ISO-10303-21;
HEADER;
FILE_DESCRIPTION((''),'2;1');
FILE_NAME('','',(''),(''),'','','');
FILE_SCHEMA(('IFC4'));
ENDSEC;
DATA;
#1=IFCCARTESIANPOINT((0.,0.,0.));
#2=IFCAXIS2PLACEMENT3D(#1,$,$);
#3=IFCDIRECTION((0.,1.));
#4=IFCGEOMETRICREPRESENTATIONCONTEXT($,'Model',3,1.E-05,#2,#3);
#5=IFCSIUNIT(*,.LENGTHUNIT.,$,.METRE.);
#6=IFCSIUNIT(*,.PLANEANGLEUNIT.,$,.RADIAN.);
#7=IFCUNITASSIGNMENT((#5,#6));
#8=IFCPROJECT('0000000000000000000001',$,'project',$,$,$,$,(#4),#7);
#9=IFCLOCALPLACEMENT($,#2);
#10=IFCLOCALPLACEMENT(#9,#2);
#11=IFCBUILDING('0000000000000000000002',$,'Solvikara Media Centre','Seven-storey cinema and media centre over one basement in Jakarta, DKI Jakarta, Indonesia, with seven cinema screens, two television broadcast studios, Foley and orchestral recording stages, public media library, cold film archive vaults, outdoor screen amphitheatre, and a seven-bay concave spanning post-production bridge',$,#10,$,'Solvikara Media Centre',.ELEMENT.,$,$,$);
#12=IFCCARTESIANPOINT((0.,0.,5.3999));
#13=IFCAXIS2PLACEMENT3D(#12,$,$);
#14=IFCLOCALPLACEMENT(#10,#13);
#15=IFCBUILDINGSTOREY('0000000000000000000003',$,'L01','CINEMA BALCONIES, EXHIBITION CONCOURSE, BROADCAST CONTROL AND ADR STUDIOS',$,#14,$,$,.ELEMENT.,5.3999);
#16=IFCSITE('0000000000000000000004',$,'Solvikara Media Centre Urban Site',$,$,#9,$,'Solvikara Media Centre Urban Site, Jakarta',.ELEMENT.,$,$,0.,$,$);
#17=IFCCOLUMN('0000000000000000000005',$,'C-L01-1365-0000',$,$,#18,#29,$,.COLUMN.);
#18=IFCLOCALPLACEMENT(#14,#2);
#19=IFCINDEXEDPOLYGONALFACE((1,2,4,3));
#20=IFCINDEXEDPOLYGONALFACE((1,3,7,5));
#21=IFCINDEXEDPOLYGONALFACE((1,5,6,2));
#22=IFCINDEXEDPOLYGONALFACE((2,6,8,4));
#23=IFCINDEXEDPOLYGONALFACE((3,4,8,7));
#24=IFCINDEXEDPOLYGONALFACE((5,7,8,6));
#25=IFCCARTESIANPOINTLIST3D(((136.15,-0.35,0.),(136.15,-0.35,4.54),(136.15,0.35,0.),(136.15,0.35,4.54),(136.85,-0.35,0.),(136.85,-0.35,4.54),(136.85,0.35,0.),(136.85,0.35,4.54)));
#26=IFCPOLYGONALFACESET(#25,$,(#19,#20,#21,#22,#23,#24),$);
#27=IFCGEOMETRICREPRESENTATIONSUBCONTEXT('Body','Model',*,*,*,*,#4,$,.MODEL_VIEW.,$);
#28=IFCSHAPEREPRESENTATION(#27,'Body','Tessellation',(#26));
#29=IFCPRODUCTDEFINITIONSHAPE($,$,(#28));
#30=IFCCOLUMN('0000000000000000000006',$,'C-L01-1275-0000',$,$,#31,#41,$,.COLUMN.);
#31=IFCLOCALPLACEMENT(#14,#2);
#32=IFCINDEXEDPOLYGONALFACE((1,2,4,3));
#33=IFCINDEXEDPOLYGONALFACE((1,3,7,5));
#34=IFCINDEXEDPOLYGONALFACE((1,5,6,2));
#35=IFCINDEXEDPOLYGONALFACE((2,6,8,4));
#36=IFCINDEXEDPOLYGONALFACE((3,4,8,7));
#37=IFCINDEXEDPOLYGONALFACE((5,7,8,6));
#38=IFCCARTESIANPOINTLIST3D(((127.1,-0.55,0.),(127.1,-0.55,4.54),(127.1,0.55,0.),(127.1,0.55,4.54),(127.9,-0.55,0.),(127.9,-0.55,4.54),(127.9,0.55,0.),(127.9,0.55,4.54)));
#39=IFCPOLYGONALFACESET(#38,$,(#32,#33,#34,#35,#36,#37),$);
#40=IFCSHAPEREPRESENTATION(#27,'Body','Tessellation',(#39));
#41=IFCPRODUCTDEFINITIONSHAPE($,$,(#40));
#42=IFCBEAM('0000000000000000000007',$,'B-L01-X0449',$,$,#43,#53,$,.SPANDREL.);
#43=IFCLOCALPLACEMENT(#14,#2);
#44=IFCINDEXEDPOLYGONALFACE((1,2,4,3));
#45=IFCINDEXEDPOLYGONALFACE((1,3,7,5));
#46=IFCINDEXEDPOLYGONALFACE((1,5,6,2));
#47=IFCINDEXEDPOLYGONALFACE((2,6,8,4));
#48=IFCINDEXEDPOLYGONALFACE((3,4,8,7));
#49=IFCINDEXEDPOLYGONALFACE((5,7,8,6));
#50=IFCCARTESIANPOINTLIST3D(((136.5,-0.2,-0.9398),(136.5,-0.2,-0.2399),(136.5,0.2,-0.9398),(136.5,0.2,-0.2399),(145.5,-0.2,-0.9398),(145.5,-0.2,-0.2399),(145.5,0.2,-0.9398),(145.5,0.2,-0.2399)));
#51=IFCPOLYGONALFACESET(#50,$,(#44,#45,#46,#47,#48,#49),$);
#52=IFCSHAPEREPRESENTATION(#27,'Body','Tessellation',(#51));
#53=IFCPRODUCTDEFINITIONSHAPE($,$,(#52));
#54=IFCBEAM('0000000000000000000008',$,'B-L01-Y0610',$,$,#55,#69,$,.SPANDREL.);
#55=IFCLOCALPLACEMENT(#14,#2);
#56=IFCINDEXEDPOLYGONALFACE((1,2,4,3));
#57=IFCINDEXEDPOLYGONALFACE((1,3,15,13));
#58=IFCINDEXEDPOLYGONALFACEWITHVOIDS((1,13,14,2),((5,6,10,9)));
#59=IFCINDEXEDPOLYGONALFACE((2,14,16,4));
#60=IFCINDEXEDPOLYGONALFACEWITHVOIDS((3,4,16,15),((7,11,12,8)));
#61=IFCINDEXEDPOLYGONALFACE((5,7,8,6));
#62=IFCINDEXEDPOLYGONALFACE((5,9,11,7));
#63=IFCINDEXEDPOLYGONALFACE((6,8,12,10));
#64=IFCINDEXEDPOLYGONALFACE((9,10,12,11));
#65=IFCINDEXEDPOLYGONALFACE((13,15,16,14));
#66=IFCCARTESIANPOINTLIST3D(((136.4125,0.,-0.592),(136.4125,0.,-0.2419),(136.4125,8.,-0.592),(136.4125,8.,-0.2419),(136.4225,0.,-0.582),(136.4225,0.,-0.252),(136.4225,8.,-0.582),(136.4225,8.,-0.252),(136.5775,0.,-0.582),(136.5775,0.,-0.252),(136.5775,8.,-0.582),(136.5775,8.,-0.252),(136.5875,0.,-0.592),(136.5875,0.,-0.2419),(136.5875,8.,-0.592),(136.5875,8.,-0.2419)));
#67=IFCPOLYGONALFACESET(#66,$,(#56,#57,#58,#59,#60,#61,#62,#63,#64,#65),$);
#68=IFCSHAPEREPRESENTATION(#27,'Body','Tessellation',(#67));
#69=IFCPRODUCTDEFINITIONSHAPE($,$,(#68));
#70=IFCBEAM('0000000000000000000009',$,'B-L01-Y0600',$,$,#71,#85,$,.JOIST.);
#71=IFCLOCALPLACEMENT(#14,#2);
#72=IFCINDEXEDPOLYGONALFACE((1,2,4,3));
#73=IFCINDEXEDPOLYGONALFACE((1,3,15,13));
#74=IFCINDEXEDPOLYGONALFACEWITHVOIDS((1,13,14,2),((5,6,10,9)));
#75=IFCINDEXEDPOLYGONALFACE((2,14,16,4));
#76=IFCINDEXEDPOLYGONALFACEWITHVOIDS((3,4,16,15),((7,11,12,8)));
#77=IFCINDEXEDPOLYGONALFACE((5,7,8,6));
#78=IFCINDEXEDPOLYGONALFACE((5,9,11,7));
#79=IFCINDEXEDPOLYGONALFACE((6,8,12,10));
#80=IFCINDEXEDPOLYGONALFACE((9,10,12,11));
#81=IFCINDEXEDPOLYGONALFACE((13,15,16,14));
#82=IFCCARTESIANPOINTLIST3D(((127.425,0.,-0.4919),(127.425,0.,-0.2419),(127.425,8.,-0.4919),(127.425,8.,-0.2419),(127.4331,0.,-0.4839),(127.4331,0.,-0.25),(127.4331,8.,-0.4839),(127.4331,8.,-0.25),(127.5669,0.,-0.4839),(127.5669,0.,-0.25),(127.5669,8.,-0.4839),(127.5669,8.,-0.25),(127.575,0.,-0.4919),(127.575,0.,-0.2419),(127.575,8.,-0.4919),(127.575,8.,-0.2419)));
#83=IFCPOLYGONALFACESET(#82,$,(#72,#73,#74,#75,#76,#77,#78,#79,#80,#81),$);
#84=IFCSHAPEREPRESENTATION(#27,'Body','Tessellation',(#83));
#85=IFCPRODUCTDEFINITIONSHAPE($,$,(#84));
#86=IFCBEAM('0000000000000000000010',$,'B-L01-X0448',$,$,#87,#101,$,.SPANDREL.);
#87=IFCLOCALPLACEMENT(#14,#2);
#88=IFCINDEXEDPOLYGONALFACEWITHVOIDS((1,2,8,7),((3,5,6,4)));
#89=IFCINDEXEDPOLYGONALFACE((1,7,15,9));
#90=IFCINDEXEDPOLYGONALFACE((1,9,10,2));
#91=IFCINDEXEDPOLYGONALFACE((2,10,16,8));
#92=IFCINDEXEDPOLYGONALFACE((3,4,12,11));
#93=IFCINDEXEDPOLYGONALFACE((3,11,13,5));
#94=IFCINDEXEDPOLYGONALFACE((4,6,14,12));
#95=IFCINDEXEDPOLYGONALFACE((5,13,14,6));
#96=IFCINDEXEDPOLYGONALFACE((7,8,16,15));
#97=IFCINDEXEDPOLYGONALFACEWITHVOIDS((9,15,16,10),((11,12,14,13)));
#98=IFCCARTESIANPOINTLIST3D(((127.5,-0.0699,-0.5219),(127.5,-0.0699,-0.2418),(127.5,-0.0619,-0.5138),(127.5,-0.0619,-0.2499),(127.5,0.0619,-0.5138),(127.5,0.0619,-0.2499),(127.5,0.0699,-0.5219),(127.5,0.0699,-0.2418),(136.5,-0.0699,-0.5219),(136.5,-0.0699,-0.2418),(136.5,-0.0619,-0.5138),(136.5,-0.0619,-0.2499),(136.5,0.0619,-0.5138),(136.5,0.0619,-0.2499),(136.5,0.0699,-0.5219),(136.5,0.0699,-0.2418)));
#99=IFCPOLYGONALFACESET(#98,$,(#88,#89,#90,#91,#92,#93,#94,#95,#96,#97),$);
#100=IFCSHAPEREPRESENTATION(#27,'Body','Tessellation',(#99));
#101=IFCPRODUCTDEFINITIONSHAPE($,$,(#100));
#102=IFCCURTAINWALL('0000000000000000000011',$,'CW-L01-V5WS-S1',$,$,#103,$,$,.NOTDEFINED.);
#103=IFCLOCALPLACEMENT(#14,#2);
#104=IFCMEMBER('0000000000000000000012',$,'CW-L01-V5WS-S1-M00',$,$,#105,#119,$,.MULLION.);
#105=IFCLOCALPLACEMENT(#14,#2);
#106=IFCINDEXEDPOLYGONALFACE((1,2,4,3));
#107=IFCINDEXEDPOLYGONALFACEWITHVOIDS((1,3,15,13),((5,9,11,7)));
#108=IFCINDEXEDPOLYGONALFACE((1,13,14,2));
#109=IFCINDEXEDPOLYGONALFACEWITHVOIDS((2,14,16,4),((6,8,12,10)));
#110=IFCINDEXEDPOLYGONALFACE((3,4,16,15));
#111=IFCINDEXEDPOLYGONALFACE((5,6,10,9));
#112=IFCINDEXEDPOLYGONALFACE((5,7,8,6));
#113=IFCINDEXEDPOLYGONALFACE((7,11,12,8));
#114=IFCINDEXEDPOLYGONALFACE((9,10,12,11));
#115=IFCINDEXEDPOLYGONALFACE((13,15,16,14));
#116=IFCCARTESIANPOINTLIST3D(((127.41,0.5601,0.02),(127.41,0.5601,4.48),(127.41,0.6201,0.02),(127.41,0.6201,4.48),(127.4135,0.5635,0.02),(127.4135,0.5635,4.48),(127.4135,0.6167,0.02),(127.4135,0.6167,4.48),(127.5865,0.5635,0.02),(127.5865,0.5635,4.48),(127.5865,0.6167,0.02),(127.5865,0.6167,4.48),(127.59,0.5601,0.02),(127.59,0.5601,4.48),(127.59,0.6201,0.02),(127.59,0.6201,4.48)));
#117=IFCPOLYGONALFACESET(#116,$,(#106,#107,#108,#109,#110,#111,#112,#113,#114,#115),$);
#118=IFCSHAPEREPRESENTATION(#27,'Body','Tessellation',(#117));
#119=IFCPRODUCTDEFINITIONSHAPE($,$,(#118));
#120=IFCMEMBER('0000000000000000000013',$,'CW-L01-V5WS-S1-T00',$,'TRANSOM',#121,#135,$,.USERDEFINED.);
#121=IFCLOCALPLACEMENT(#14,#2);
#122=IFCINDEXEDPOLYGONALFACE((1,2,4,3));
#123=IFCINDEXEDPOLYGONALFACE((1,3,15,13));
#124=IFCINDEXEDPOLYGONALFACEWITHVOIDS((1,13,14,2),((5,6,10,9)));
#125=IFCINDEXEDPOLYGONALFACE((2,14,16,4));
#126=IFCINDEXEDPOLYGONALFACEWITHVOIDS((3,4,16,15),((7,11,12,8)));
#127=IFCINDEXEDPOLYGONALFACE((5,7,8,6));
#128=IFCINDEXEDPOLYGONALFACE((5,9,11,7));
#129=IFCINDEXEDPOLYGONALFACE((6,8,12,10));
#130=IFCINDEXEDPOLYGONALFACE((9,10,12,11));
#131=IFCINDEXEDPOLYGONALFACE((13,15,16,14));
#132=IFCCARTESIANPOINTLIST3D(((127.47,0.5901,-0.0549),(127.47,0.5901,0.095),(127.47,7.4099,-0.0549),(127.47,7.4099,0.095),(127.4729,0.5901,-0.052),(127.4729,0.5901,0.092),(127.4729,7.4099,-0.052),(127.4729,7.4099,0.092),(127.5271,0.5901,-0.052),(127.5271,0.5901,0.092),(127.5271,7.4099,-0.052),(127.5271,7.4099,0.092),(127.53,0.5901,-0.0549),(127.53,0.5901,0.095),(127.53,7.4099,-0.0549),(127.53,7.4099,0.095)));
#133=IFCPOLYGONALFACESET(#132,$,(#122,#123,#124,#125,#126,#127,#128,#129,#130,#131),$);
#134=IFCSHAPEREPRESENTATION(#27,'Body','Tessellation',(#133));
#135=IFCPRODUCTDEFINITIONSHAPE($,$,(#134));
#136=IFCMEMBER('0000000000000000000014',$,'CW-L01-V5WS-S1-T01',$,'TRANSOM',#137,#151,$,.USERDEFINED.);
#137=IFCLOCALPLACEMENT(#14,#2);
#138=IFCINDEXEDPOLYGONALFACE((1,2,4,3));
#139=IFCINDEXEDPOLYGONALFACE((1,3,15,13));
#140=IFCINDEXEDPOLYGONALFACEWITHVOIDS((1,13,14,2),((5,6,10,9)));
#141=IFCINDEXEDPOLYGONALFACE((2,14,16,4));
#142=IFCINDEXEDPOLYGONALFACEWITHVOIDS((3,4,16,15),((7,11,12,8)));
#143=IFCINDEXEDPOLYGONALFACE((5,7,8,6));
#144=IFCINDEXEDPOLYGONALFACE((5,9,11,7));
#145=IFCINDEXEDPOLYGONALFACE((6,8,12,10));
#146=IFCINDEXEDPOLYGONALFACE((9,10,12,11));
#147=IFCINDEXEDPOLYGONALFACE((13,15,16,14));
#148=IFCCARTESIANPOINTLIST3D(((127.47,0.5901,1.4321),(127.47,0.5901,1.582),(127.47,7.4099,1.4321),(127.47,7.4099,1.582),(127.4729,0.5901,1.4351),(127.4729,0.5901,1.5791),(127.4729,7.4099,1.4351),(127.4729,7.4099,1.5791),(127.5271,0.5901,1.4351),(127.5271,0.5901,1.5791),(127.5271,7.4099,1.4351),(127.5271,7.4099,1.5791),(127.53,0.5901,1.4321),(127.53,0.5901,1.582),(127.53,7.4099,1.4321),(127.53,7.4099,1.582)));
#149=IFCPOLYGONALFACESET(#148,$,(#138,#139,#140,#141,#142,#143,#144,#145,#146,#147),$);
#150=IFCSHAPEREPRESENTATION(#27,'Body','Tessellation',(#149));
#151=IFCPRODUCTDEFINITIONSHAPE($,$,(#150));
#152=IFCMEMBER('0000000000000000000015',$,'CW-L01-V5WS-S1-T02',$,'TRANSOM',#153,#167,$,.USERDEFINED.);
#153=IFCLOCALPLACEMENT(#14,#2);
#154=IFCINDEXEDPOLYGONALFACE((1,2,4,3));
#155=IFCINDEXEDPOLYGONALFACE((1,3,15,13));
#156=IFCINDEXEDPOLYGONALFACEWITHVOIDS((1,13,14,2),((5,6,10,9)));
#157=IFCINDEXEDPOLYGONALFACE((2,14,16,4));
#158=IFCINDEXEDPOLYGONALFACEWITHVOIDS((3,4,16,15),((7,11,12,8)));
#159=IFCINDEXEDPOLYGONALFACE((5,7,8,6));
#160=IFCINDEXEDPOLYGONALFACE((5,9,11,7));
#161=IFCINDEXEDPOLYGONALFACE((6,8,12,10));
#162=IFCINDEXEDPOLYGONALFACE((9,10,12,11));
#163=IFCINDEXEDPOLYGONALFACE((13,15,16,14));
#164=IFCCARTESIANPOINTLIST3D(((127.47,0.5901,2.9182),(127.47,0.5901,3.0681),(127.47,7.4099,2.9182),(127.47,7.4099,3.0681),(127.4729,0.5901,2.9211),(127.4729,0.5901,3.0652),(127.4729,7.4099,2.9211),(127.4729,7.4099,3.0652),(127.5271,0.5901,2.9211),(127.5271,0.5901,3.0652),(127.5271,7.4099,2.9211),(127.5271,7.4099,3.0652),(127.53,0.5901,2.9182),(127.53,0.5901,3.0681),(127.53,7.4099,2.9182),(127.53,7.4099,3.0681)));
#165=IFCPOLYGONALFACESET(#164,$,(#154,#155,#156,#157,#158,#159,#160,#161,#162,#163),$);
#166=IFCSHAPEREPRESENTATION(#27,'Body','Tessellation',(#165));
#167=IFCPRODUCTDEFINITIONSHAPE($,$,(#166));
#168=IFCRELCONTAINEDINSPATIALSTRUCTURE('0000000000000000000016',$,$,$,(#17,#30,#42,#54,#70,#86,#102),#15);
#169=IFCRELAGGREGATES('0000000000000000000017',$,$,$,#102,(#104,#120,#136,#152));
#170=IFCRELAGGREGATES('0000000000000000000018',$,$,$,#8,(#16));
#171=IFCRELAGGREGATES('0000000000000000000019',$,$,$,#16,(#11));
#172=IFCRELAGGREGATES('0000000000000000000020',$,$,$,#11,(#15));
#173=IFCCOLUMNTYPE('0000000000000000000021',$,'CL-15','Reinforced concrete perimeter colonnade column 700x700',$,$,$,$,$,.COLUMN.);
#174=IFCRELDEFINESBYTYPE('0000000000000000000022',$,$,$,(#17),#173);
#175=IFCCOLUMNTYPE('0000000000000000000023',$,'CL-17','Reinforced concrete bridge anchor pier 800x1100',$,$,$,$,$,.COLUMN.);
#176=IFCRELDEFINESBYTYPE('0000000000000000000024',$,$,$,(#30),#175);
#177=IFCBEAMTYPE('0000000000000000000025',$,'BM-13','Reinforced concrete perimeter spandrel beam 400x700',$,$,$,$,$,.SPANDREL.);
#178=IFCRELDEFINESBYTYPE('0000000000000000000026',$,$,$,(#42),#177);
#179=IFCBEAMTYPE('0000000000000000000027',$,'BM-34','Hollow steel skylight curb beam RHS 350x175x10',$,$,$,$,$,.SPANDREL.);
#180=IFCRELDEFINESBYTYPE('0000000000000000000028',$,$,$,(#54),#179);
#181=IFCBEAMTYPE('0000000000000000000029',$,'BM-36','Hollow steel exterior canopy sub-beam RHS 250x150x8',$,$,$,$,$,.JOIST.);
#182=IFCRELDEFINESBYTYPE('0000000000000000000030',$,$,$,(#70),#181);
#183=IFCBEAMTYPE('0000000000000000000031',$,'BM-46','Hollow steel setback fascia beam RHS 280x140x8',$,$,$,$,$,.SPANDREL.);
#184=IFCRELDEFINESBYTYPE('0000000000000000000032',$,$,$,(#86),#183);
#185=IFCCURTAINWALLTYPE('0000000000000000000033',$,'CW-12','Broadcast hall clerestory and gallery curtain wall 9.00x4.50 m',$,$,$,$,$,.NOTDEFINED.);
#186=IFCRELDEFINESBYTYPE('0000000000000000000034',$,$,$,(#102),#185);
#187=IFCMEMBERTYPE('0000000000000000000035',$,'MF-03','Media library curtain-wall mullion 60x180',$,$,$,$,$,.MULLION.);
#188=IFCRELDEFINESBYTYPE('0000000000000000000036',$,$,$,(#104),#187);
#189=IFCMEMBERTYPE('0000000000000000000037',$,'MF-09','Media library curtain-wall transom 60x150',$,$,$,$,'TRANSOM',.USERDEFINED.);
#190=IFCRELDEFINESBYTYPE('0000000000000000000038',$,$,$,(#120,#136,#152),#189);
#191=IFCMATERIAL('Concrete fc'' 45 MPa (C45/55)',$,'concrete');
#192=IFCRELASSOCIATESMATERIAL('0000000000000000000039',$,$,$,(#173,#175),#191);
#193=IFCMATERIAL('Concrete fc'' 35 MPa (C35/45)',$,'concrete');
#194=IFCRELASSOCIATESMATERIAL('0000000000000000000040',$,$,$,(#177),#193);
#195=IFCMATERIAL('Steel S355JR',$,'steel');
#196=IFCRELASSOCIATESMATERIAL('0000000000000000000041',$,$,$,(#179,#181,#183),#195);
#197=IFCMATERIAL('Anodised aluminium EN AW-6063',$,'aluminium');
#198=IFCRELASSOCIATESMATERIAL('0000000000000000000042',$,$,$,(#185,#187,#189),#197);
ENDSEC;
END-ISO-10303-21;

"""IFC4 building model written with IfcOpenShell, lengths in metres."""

from ifc_helpers import new_model, si_unit, direction, frame, origin, origin_2d, place, context, subcontext, project, spatial, rectangle, hollow_rectangle, extrude, material, material_profile, profile_set, type_object, element, aggregate, save


model = new_model("IFC4")

# Units and contexts
model_context = context("Model", 3, precision=1e-05, world=origin(), true_north=direction((0.0, 1.0)))
body_context = subcontext(model_context, "Body", "Model", "MODEL_VIEW")
ifc_project = project(units=[si_unit("LENGTHUNIT", "METRE"), si_unit("PLANEANGLEUNIT", "RADIAN")], contexts=[model_context])

# Site, building, storey
site_placement = place(None, origin())
site = spatial("IfcSite", under=ifc_project, at=site_placement, Name="Solvikara Media Centre Urban Site", LongName="Solvikara Media Centre Urban Site, Jakarta", CompositionType="ELEMENT", RefElevation=0.0)
building_placement = place(site_placement, origin())
building = spatial("IfcBuilding", under=site, at=building_placement, Name="Solvikara Media Centre", Description="Seven-storey cinema and media centre over one basement in Jakarta, DKI Jakarta, Indonesia, with seven cinema screens, two television broadcast studios, Foley and orchestral recording stages, public media library, cold film archive vaults, outdoor screen amphitheatre, and a seven-bay concave spanning post-production bridge", LongName="Solvikara Media Centre", CompositionType="ELEMENT")
storey_placement = place(building_placement, frame((0.0, 0.0, 5.3999)))
storey = spatial("IfcBuildingStorey", under=building, at=storey_placement, Name="L01", Description="CINEMA BALCONIES, EXHIBITION CONCOURSE, BROADCAST CONTROL AND ADR STUDIOS", CompositionType="ELEMENT", Elevation=5.3999)

# Columns
ifc_material_1 = material(Name="Concrete fc' 45 MPa (C45/55)", Category="concrete")
ifc_material_profile_1 = material_profile(ifc_material_1, rectangle(XDim=0.7, YDim=0.7, at=origin_2d()), Name="RC 700x700")
ifc_profile_set_1 = profile_set([ifc_material_profile_1], Name="Concrete fc' 45 MPa (C45/55)")
column_type_1 = type_object("IfcColumnType", Name="CL-15", Description="Reinforced concrete perimeter colonnade column 700x700", PredefinedType="COLUMN", material=ifc_profile_set_1)
column_1_placement = place(storey_placement, frame((136.5, 0.0, 0.0), z_axis=(0.0, 0.0, 1.0), x_axis=(1.0, 0.0, 0.0)))
element("IfcColumn", 1, at=column_1_placement, inside=storey, type_object=column_type_1, Name="C-L01-1365-0000", PredefinedType="COLUMN", context=body_context, shape_type="SweptSolid", body=[
    extrude(rectangle(XDim=0.7, YDim=0.7, at=origin_2d()), origin(), (0.0, 0.0, 1.0), 4.54),
])
ifc_material_profile_2 = material_profile(ifc_material_1, rectangle(XDim=0.8, YDim=1.1001, at=origin_2d()), Name="RC 800x1100")
ifc_profile_set_2 = profile_set([ifc_material_profile_2], Name="Concrete fc' 45 MPa (C45/55)")
column_type_2 = type_object("IfcColumnType", Name="CL-17", Description="Reinforced concrete bridge anchor pier 800x1100", PredefinedType="COLUMN", material=ifc_profile_set_2)
column_2_placement = place(storey_placement, frame((127.5, 0.0, 0.0), z_axis=(0.0, 0.0, 1.0), x_axis=(1.0, 0.0, 0.0)))
element("IfcColumn", 2, at=column_2_placement, inside=storey, type_object=column_type_2, Name="C-L01-1275-0000", PredefinedType="COLUMN", context=body_context, shape_type="SweptSolid", body=[
    extrude(rectangle(XDim=0.8, YDim=1.1001, at=origin_2d()), origin(), (0.0, 0.0, 1.0), 4.54),
])

# Beams
ifc_material_2 = material(Name="Concrete fc' 35 MPa (C35/45)", Category="concrete")
ifc_material_profile_3 = material_profile(ifc_material_2, rectangle(XDim=0.3999, YDim=0.7, at=origin_2d()), Name="RC 400x700")
ifc_profile_set_3 = profile_set([ifc_material_profile_3], Name="Concrete fc' 35 MPa (C35/45)")
beam_type_1 = type_object("IfcBeamType", Name="BM-13", Description="Reinforced concrete perimeter spandrel beam 400x700", PredefinedType="SPANDREL", material=ifc_profile_set_3)
beam_1_placement = place(storey_placement, frame((136.5, 0.0, -0.5898), z_axis=(1.0, 0.0, 0.0), x_axis=(0.0, 1.0, 0.0)))
element("IfcBeam", 3, at=beam_1_placement, inside=storey, type_object=beam_type_1, Name="B-L01-X0449", PredefinedType="SPANDREL", context=body_context, shape_type="SweptSolid", body=[
    extrude(rectangle(XDim=0.3999, YDim=0.7, at=origin_2d()), origin(), (0.0, 0.0, 1.0), 9.0),
])
ifc_material_3 = material(Name="Steel S355JR", Category="steel")
ifc_material_profile_4 = material_profile(ifc_material_3, hollow_rectangle(XDim=0.175, YDim=0.3501, WallThickness=0.01, at=origin_2d()), Name="RHS 350x175x10")
ifc_profile_set_4 = profile_set([ifc_material_profile_4], Name="Steel S355JR")
beam_type_2 = type_object("IfcBeamType", Name="BM-34", Description="Hollow steel skylight curb beam RHS 350x175x10", PredefinedType="SPANDREL", material=ifc_profile_set_4)
beam_2_placement = place(storey_placement, frame((136.5, 0.0, -0.417), z_axis=(0.0, 1.0, 0.0), x_axis=(-1.0, 0.0, 0.0)))
element("IfcBeam", 4, at=beam_2_placement, inside=storey, type_object=beam_type_2, Name="B-L01-Y0610", PredefinedType="SPANDREL", context=body_context, shape_type="SweptSolid", body=[
    extrude(hollow_rectangle(XDim=0.175, YDim=0.3501, WallThickness=0.01, at=origin_2d()), origin(), (0.0, 0.0, 1.0), 8.0),
])
ifc_material_profile_5 = material_profile(ifc_material_3, hollow_rectangle(XDim=0.1499, YDim=0.25, WallThickness=0.0081, at=origin_2d()), Name="RHS 250x150x8")
ifc_profile_set_5 = profile_set([ifc_material_profile_5], Name="Steel S355JR")
beam_type_3 = type_object("IfcBeamType", Name="BM-36", Description="Hollow steel exterior canopy sub-beam RHS 250x150x8", PredefinedType="JOIST", material=ifc_profile_set_5)
beam_3_placement = place(storey_placement, frame((127.5, 0.0, -0.3669), z_axis=(0.0, 1.0, 0.0), x_axis=(-1.0, 0.0, 0.0)))
element("IfcBeam", 5, at=beam_3_placement, inside=storey, type_object=beam_type_3, Name="B-L01-Y0600", PredefinedType="JOIST", context=body_context, shape_type="SweptSolid", body=[
    extrude(hollow_rectangle(XDim=0.1499, YDim=0.25, WallThickness=0.0081, at=origin_2d()), origin(), (0.0, 0.0, 1.0), 8.0),
])
ifc_material_profile_6 = material_profile(ifc_material_3, hollow_rectangle(XDim=0.1399, YDim=0.28, WallThickness=0.0081, at=origin_2d()), Name="RHS 280x140x8")
ifc_profile_set_6 = profile_set([ifc_material_profile_6], Name="Steel S355JR")
beam_type_4 = type_object("IfcBeamType", Name="BM-46", Description="Hollow steel setback fascia beam RHS 280x140x8", PredefinedType="SPANDREL", material=ifc_profile_set_6)
beam_4_placement = place(storey_placement, frame((127.5, 0.0, -0.3818), z_axis=(1.0, 0.0, 0.0), x_axis=(0.0, 1.0, 0.0)))
element("IfcBeam", 6, at=beam_4_placement, inside=storey, type_object=beam_type_4, Name="B-L01-X0448", PredefinedType="SPANDREL", context=body_context, shape_type="SweptSolid", body=[
    extrude(hollow_rectangle(XDim=0.1399, YDim=0.28, WallThickness=0.0081, at=origin_2d()), origin(), (0.0, 0.0, 1.0), 9.0),
])

# Curtain wall, members
ifc_material_4 = material(Name="Anodised aluminium EN AW-6063", Category="aluminium")
curtain_wall_type = type_object("IfcCurtainWallType", Name="CW-12", Description="Broadcast hall clerestory and gallery curtain wall 9.00x4.50 m", PredefinedType="NOTDEFINED", material=ifc_material_4)
curtain_wall_placement = place(storey_placement, origin())
curtain_wall = element("IfcCurtainWall", 7, at=curtain_wall_placement, inside=storey, type_object=curtain_wall_type, Name="CW-L01-V5WS-S1", PredefinedType="NOTDEFINED")
ifc_material_profile_7 = material_profile(ifc_material_4, hollow_rectangle(XDim=0.0601, YDim=0.1799, WallThickness=0.0034, at=origin_2d()), Name="ALU-M 60x180x3.5")
ifc_profile_set_7 = profile_set([ifc_material_profile_7], Name="Anodised aluminium EN AW-6063")
member_type_1 = type_object("IfcMemberType", Name="MF-03", Description="Media library curtain-wall mullion 60x180", PredefinedType="MULLION", material=ifc_profile_set_7)
member_1_placement = place(storey_placement, frame((127.5, 0.5901, 0.02), z_axis=(0.0, 0.0, 1.0), x_axis=(0.0, 1.0, 0.0)))
member_1 = element("IfcMember", 8, at=member_1_placement, type_object=member_type_1, Name="CW-L01-V5WS-S1-M00", PredefinedType="MULLION", context=body_context, shape_type="SweptSolid", body=[
    extrude(hollow_rectangle(XDim=0.0601, YDim=0.1799, WallThickness=0.0034, at=origin_2d()), origin(), (0.0, 0.0, 1.0), 4.46),
])
ifc_material_profile_8 = material_profile(ifc_material_4, hollow_rectangle(XDim=0.0601, YDim=0.1499, WallThickness=0.0029, at=origin_2d()), Name="ALU-T 60x150x3")
ifc_profile_set_8 = profile_set([ifc_material_profile_8], Name="Anodised aluminium EN AW-6063")
member_type_2 = type_object("IfcMemberType", Name="MF-09", Description="Media library curtain-wall transom 60x150", ElementType="TRANSOM", PredefinedType="USERDEFINED", material=ifc_profile_set_8)
member_2_placement = place(storey_placement, frame((127.5, 0.5901, 0.02), z_axis=(0.0, 1.0, 0.0), x_axis=(-1.0, 0.0, 0.0)))
member_2 = element("IfcMember", 9, at=member_2_placement, type_object=member_type_2, Name="CW-L01-V5WS-S1-T00", ObjectType="TRANSOM", PredefinedType="USERDEFINED", context=body_context, shape_type="SweptSolid", body=[
    extrude(hollow_rectangle(XDim=0.0601, YDim=0.1499, WallThickness=0.0029, at=origin_2d()), origin(), (0.0, 0.0, 1.0), 6.8198),
])
member_3_placement = place(storey_placement, frame((127.5, 0.5901, 1.5071), z_axis=(0.0, 1.0, 0.0), x_axis=(-1.0, 0.0, 0.0)))
member_3 = element("IfcMember", 10, at=member_3_placement, type_object=member_type_2, Name="CW-L01-V5WS-S1-T01", ObjectType="TRANSOM", PredefinedType="USERDEFINED", context=body_context, shape_type="SweptSolid", body=[
    extrude(hollow_rectangle(XDim=0.0601, YDim=0.1499, WallThickness=0.0029, at=origin_2d()), origin(), (0.0, 0.0, 1.0), 6.8198),
])
member_4_placement = place(storey_placement, frame((127.5, 0.5901, 2.9932), z_axis=(0.0, 1.0, 0.0), x_axis=(-1.0, 0.0, 0.0)))
member_4 = element("IfcMember", 11, at=member_4_placement, type_object=member_type_2, Name="CW-L01-V5WS-S1-T02", ObjectType="TRANSOM", PredefinedType="USERDEFINED", context=body_context, shape_type="SweptSolid", body=[
    extrude(hollow_rectangle(XDim=0.0601, YDim=0.1499, WallThickness=0.0029, at=origin_2d()), origin(), (0.0, 0.0, 1.0), 6.8198),
])
aggregate(curtain_wall, [member_1, member_2, member_3, member_4])

save(model, "model.ifc")
